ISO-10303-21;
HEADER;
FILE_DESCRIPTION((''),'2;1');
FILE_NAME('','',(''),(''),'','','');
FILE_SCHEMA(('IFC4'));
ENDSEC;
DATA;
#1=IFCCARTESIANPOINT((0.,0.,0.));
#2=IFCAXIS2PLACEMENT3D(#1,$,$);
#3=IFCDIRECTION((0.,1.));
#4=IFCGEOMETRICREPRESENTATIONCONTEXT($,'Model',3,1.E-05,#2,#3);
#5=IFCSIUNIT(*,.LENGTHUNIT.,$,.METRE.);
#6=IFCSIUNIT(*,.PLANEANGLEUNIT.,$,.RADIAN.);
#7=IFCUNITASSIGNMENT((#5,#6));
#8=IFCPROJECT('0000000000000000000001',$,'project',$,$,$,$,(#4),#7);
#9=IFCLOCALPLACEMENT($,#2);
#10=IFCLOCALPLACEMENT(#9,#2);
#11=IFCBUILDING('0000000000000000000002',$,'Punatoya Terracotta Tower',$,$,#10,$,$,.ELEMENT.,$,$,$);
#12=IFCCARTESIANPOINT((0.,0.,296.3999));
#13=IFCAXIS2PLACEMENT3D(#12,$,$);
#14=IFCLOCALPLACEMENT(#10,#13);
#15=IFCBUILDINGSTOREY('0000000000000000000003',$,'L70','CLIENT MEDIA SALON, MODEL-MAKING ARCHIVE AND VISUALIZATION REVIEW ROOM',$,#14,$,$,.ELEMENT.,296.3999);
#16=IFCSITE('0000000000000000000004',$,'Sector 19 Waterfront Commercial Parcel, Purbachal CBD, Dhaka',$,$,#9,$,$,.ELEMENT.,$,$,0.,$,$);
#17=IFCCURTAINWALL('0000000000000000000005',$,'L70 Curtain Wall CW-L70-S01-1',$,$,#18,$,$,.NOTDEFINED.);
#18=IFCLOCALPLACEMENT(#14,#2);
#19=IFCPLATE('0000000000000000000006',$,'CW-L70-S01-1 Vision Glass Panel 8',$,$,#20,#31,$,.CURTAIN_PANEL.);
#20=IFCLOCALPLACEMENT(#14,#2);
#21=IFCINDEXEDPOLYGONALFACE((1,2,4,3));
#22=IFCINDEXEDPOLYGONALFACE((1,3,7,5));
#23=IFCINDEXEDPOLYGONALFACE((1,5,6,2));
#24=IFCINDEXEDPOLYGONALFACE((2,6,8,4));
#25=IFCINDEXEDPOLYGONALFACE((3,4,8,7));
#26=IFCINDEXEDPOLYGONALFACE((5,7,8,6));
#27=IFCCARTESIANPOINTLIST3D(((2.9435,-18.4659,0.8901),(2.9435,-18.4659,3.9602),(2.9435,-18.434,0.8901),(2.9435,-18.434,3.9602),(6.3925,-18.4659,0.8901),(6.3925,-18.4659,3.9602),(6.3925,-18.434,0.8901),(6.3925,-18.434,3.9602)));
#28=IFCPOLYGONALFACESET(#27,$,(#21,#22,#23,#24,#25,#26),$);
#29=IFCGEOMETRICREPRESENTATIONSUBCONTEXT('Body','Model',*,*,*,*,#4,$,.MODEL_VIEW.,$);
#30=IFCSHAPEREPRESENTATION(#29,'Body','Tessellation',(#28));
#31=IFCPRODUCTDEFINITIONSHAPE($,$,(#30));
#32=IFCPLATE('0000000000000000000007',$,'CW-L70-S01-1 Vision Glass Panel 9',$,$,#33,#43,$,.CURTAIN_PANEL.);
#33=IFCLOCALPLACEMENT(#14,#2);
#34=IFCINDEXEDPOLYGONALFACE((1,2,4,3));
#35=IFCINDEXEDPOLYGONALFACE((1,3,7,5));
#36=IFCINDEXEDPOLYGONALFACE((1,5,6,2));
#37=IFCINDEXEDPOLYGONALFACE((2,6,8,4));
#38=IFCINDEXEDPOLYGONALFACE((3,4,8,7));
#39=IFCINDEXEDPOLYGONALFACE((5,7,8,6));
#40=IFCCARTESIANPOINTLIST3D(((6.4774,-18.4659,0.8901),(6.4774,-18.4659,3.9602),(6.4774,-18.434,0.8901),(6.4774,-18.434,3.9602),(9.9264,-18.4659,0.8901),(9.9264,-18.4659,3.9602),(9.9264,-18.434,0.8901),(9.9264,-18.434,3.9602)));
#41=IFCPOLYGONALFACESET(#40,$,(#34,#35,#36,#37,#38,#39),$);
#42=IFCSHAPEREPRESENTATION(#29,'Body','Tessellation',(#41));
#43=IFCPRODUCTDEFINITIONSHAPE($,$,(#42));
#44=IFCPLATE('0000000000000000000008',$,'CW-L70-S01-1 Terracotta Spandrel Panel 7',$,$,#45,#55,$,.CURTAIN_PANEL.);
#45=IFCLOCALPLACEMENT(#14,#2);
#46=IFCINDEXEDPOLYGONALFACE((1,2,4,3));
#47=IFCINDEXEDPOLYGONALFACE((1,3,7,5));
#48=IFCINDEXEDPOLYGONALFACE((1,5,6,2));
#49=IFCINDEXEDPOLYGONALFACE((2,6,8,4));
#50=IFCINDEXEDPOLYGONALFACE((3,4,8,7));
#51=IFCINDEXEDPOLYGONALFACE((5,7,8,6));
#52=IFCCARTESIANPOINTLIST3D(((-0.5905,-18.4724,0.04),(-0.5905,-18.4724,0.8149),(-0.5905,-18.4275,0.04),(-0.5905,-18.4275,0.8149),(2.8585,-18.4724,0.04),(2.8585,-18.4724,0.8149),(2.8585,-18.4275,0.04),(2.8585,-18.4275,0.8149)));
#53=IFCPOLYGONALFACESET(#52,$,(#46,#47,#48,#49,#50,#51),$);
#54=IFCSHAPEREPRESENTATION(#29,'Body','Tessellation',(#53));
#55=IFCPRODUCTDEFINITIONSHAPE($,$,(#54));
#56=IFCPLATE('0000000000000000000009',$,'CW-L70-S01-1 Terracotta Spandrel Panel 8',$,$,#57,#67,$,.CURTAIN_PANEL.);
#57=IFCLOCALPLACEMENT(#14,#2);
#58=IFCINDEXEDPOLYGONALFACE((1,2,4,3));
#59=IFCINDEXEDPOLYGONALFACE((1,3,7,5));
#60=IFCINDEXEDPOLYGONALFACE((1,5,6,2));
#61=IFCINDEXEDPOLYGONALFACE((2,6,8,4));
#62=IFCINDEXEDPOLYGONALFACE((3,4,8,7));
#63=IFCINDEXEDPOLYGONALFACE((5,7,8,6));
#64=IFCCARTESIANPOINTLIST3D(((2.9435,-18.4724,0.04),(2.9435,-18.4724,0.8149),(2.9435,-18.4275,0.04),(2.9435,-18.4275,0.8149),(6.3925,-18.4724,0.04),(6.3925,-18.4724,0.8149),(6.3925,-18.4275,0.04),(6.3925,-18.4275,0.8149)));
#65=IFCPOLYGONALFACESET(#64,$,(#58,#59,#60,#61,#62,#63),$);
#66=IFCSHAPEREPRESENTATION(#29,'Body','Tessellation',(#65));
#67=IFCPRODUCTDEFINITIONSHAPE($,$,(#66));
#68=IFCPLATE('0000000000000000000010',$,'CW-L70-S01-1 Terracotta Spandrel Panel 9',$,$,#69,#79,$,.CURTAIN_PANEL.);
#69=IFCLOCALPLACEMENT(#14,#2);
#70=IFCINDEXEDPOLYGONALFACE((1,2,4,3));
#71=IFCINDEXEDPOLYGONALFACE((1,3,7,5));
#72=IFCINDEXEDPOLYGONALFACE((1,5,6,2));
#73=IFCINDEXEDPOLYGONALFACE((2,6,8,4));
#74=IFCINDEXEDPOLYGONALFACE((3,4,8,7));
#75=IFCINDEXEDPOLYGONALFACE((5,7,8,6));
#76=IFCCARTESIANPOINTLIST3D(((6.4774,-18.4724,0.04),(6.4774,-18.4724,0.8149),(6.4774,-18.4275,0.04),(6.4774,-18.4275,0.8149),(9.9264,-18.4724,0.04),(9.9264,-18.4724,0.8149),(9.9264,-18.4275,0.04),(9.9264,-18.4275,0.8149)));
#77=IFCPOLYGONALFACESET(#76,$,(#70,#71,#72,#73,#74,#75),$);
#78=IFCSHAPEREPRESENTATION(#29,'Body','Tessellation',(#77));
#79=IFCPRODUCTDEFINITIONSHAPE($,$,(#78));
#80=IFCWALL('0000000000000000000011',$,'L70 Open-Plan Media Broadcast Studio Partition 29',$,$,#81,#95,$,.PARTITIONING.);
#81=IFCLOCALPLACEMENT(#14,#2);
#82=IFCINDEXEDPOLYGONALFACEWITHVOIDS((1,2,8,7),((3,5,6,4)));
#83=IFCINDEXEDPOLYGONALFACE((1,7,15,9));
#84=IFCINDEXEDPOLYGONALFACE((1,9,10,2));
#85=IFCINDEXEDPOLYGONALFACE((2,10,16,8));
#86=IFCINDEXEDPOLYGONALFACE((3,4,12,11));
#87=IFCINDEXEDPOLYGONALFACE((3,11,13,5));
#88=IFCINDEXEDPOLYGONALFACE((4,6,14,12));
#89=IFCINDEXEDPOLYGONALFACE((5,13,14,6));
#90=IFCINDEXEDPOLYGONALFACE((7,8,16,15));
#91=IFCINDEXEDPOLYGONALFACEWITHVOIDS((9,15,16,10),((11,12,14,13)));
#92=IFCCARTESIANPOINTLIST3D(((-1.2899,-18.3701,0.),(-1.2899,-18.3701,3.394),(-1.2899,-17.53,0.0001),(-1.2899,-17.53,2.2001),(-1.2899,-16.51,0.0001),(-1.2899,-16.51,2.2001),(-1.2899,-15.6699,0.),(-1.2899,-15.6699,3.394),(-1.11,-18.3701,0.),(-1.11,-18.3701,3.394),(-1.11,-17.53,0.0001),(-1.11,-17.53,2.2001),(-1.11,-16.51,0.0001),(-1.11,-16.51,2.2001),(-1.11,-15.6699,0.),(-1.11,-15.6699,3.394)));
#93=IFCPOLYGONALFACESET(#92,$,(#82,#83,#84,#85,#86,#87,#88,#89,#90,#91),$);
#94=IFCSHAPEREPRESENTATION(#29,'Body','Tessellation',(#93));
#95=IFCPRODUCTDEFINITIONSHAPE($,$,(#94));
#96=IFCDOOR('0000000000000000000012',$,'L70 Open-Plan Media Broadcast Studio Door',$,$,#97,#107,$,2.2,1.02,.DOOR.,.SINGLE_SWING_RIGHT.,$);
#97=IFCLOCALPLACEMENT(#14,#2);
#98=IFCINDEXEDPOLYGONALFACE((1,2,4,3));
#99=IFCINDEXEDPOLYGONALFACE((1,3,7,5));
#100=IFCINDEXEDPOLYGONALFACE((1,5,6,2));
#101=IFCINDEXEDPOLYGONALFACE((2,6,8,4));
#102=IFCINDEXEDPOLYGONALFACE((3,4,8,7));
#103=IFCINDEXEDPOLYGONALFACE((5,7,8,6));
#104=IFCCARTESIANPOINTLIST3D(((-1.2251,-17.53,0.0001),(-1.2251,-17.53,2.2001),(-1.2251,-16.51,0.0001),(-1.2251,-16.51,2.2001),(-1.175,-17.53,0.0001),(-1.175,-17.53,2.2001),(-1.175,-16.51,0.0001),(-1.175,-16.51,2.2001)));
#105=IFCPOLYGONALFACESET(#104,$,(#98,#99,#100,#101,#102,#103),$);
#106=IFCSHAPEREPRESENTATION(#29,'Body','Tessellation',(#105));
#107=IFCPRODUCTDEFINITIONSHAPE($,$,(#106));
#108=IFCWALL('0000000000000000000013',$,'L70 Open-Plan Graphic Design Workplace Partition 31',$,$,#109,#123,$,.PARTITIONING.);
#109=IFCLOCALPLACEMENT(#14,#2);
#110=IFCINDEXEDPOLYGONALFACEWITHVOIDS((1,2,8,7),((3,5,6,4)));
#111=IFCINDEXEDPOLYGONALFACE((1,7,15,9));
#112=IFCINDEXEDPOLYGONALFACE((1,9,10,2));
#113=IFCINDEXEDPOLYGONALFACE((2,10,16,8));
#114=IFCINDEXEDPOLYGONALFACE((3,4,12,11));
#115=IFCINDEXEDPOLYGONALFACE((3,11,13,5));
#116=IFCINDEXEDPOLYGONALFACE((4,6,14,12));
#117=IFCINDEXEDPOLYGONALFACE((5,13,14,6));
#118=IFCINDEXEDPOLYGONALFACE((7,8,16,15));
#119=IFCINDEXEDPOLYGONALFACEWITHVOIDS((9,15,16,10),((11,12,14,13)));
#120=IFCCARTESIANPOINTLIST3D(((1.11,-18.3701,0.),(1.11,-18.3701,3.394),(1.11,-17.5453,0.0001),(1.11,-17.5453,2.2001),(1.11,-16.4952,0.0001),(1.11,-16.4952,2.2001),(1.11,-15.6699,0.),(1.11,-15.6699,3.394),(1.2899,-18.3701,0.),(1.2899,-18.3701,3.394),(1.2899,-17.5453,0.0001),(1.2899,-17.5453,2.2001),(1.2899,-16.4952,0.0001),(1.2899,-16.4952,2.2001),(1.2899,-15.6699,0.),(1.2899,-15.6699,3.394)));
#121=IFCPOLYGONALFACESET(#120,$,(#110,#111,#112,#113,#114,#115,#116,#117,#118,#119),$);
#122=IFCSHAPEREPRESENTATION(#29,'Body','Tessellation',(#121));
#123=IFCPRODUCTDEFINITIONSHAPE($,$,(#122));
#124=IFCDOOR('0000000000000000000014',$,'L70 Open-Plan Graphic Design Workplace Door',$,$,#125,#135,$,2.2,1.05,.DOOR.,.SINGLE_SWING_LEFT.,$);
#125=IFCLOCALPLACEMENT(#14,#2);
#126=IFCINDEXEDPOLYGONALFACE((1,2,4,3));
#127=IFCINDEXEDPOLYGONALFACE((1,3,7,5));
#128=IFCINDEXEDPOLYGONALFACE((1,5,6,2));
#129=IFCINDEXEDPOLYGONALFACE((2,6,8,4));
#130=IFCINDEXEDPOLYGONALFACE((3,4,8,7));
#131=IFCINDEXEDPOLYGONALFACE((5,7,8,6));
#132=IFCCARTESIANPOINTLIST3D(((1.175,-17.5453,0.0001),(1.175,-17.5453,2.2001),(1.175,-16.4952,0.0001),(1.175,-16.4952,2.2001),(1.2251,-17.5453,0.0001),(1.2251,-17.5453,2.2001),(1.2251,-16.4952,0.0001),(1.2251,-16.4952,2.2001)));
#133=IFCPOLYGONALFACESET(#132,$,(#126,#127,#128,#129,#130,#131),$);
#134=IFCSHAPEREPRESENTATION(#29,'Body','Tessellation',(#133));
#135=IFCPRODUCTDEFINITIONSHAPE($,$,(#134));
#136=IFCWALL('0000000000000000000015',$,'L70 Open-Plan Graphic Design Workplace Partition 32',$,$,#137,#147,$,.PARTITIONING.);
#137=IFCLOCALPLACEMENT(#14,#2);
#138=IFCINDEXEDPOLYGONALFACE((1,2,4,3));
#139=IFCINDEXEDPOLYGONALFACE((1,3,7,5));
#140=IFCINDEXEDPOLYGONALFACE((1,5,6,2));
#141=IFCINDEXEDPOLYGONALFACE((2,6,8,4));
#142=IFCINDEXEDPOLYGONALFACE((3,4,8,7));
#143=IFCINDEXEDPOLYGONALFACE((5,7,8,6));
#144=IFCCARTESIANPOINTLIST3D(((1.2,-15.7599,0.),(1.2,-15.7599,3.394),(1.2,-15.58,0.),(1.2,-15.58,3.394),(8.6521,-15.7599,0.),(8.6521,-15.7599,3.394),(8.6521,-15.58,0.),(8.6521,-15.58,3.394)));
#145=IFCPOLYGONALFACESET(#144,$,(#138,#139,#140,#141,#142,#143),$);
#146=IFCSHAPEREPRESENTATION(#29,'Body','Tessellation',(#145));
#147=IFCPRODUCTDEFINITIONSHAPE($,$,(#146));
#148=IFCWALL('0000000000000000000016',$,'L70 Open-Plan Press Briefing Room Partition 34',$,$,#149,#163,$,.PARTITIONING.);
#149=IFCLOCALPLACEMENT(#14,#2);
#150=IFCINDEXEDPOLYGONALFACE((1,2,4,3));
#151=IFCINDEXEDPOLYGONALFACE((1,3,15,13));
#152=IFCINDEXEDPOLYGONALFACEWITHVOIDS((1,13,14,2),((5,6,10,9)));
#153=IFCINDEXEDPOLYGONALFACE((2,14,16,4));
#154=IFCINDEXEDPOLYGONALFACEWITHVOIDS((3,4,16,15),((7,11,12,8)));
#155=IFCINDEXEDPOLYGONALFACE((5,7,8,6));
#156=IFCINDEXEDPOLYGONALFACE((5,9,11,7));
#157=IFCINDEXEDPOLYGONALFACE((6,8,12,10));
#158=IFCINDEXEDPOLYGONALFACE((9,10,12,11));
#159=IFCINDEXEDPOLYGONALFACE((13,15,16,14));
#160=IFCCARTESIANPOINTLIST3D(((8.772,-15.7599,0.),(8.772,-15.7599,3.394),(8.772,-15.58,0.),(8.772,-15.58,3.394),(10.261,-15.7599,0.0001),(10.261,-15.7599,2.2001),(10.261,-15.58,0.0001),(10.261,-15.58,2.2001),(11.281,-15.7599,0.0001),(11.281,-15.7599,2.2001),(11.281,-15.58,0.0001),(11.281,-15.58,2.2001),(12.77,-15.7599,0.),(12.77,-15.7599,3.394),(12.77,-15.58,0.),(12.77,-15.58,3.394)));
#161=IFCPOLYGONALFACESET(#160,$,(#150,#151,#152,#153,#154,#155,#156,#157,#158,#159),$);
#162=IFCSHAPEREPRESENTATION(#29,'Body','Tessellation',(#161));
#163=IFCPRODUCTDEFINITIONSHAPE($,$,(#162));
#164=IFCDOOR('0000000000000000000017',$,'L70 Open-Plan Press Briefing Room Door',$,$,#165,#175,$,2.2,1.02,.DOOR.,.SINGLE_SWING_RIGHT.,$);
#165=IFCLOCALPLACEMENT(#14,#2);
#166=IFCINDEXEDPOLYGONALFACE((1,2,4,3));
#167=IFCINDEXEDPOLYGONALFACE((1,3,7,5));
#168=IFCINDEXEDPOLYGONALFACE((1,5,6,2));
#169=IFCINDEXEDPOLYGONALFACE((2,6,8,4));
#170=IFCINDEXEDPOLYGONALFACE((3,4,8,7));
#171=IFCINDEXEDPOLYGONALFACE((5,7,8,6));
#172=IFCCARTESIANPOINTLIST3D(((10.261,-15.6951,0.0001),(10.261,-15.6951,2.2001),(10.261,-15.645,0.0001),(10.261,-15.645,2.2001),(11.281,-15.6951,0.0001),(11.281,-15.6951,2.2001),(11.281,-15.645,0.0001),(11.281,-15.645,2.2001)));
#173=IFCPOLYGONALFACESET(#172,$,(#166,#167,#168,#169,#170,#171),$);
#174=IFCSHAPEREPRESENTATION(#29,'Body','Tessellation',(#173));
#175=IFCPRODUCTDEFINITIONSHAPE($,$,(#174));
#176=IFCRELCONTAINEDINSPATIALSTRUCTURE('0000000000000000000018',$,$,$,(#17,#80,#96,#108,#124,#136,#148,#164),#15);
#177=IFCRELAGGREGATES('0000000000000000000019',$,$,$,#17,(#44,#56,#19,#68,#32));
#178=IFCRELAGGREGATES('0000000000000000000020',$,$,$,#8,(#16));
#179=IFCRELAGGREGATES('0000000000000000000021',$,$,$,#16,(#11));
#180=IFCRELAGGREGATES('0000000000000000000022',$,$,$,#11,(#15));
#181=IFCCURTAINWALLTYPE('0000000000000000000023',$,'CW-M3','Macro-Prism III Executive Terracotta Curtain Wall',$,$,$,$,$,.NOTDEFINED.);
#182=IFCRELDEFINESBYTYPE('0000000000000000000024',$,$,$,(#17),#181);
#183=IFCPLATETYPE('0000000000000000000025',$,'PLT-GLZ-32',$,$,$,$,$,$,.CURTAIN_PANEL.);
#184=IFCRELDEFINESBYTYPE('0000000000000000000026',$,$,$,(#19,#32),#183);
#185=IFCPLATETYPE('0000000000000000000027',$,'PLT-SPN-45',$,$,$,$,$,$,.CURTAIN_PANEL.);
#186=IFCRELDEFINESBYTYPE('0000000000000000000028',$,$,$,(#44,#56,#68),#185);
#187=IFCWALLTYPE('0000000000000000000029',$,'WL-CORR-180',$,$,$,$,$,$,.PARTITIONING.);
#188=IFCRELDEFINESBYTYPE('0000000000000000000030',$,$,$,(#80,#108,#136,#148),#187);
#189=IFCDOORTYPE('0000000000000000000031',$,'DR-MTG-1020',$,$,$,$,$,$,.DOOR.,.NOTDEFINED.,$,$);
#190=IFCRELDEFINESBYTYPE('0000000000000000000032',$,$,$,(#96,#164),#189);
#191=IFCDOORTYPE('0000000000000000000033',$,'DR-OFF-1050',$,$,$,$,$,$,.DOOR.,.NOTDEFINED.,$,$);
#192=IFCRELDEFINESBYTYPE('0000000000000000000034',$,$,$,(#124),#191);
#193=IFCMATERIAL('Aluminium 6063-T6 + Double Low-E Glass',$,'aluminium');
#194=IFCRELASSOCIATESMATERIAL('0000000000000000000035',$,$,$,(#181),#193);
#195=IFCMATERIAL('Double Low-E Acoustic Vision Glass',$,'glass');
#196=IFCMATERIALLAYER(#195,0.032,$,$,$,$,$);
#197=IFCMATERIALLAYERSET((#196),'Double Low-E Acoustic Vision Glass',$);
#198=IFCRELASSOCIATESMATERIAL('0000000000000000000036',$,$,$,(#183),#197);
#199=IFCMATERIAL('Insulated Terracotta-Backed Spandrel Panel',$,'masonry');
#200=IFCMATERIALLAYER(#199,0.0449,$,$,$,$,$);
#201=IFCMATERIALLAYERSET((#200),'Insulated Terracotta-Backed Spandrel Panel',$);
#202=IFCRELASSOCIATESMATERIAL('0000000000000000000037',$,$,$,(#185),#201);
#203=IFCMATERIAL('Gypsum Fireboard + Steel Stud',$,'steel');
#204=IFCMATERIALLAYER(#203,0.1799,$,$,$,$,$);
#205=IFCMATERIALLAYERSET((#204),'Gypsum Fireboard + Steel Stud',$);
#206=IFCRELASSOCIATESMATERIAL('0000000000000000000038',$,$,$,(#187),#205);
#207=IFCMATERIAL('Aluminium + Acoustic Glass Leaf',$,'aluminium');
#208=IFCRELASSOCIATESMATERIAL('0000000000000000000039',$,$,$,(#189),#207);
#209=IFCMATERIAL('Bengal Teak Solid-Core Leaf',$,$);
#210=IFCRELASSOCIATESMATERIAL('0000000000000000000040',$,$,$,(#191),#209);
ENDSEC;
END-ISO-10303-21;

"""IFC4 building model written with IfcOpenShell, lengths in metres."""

from ifc_helpers import new_model, si_unit, direction, frame, frame_2d, origin, origin_2d, place, context, subcontext, project, spatial, rectangle, extrude, material, layer, layer_set, type_object, element, fill, aggregate, save


model = new_model("IFC4")

# Units and contexts
model_context = context("Model", 3, precision=1e-05, world=origin(), true_north=direction((0.0, 1.0)))
body_context = subcontext(model_context, "Body", "Model", "MODEL_VIEW")
ifc_project = project(units=[si_unit("LENGTHUNIT", "METRE"), si_unit("PLANEANGLEUNIT", "RADIAN")], contexts=[model_context])

# Site, building, storey
site_placement = place(None, origin())
site = spatial("IfcSite", under=ifc_project, at=site_placement, Name="Sector 19 Waterfront Commercial Parcel, Purbachal CBD, Dhaka", CompositionType="ELEMENT", RefElevation=0.0)
building_placement = place(site_placement, origin())
building = spatial("IfcBuilding", under=site, at=building_placement, Name="Punatoya Terracotta Tower", CompositionType="ELEMENT")
storey_placement = place(building_placement, frame((0.0, 0.0, 296.3999)))
storey = spatial("IfcBuildingStorey", under=building, at=storey_placement, Name="L70", Description="CLIENT MEDIA SALON, MODEL-MAKING ARCHIVE AND VISUALIZATION REVIEW ROOM", CompositionType="ELEMENT", Elevation=296.3999)

# Curtain wall, plates
ifc_material_1 = material(Name="Aluminium 6063-T6 + Double Low-E Glass", Category="aluminium")
curtain_wall_type = type_object("IfcCurtainWallType", Name="CW-M3", Description="Macro-Prism III Executive Terracotta Curtain Wall", PredefinedType="NOTDEFINED", material=ifc_material_1)
curtain_wall_placement = place(storey_placement, origin())
curtain_wall = element("IfcCurtainWall", 1, at=curtain_wall_placement, inside=storey, type_object=curtain_wall_type, Name="L70 Curtain Wall CW-L70-S01-1", PredefinedType="NOTDEFINED")
ifc_material_2 = material(Name="Double Low-E Acoustic Vision Glass", Category="glass")
ifc_layer_1 = layer(ifc_material_2, 0.032)
ifc_layer_set_1 = layer_set([ifc_layer_1], Name="Double Low-E Acoustic Vision Glass")
plate_type_1 = type_object("IfcPlateType", Name="PLT-GLZ-32", PredefinedType="CURTAIN_PANEL", material=ifc_layer_set_1)
plate_1_placement = place(storey_placement, frame((4.668, -18.45, 0.8901), z_axis=(0.0, 0.0, 1.0), x_axis=(1.0, 0.0, 0.0)))
plate_1 = element("IfcPlate", 2, at=plate_1_placement, type_object=plate_type_1, Name="CW-L70-S01-1 Vision Glass Panel 8", PredefinedType="CURTAIN_PANEL", context=body_context, shape_type="SweptSolid", body=[
    extrude(rectangle(XDim=3.449, YDim=0.032, at=origin_2d()), origin(), (0.0, 0.0, 1.0), 3.0701),
])
plate_2_placement = place(storey_placement, frame((8.2019, -18.45, 0.8901), z_axis=(0.0, 0.0, 1.0), x_axis=(1.0, 0.0, 0.0)))
plate_2 = element("IfcPlate", 3, at=plate_2_placement, type_object=plate_type_1, Name="CW-L70-S01-1 Vision Glass Panel 9", PredefinedType="CURTAIN_PANEL", context=body_context, shape_type="SweptSolid", body=[
    extrude(rectangle(XDim=3.449, YDim=0.032, at=origin_2d()), origin(), (0.0, 0.0, 1.0), 3.0701),
])
ifc_material_3 = material(Name="Insulated Terracotta-Backed Spandrel Panel", Category="masonry")
ifc_layer_2 = layer(ifc_material_3, 0.0449)
ifc_layer_set_2 = layer_set([ifc_layer_2], Name="Insulated Terracotta-Backed Spandrel Panel")
plate_type_2 = type_object("IfcPlateType", Name="PLT-SPN-45", PredefinedType="CURTAIN_PANEL", material=ifc_layer_set_2)
plate_3_placement = place(storey_placement, frame((1.134, -18.45, 0.04), z_axis=(0.0, 0.0, 1.0), x_axis=(1.0, 0.0, 0.0)))
plate_3 = element("IfcPlate", 4, at=plate_3_placement, type_object=plate_type_2, Name="CW-L70-S01-1 Terracotta Spandrel Panel 7", PredefinedType="CURTAIN_PANEL", context=body_context, shape_type="SweptSolid", body=[
    extrude(rectangle(XDim=3.449, YDim=0.0449, at=origin_2d()), origin(), (0.0, 0.0, 1.0), 0.7749),
])
plate_4_placement = place(storey_placement, frame((4.668, -18.45, 0.04), z_axis=(0.0, 0.0, 1.0), x_axis=(1.0, 0.0, 0.0)))
plate_4 = element("IfcPlate", 5, at=plate_4_placement, type_object=plate_type_2, Name="CW-L70-S01-1 Terracotta Spandrel Panel 8", PredefinedType="CURTAIN_PANEL", context=body_context, shape_type="SweptSolid", body=[
    extrude(rectangle(XDim=3.449, YDim=0.0449, at=origin_2d()), origin(), (0.0, 0.0, 1.0), 0.7749),
])
plate_5_placement = place(storey_placement, frame((8.2019, -18.45, 0.04), z_axis=(0.0, 0.0, 1.0), x_axis=(1.0, 0.0, 0.0)))
plate_5 = element("IfcPlate", 6, at=plate_5_placement, type_object=plate_type_2, Name="CW-L70-S01-1 Terracotta Spandrel Panel 9", PredefinedType="CURTAIN_PANEL", context=body_context, shape_type="SweptSolid", body=[
    extrude(rectangle(XDim=3.449, YDim=0.0449, at=origin_2d()), origin(), (0.0, 0.0, 1.0), 0.7749),
])
aggregate(curtain_wall, [plate_3, plate_4, plate_1, plate_5, plate_2])

# Walls, openings, doors
ifc_material_4 = material(Name="Gypsum Fireboard + Steel Stud", Category="steel")
ifc_layer_3 = layer(ifc_material_4, 0.1799)
ifc_layer_set_3 = layer_set([ifc_layer_3], Name="Gypsum Fireboard + Steel Stud")
wall_type_1 = type_object("IfcWallType", Name="WL-CORR-180", PredefinedType="PARTITIONING", material=ifc_layer_set_3)
wall_1_placement = place(storey_placement, frame((-1.2, -15.6699, 0.0), z_axis=(0.0, 0.0, 1.0), x_axis=(0.0, -1.0, 0.0)))
wall_1 = element("IfcWall", 7, at=wall_1_placement, inside=storey, type_object=wall_type_1, Name="L70 Open-Plan Media Broadcast Studio Partition 29", PredefinedType="PARTITIONING", context=body_context, shape_type="SweptSolid", body=[
    extrude(rectangle(XDim=2.7002, YDim=0.1799, at=frame_2d((1.3501, 0.0))), origin(), (0.0, 0.0, 1.0), 3.394),
])
opening_1_placement = place(wall_1_placement, frame((0.8401, 0.0, 0.0)))
opening_1 = element("IfcOpeningElement", 8, at=opening_1_placement, cuts=wall_1, PredefinedType="OPENING", context=body_context, shape_type="SweptSolid", body=[
    extrude(rectangle(XDim=1.02, YDim=2.2, at=frame_2d((0.51, 1.1001))), frame((0.0, 0.0999, 0.0), z_axis=(0.0, -1.0, 0.0), x_axis=(1.0, 0.0, 0.0)), (0.0, 0.0, 1.0), 0.2),
])
ifc_material_5 = material(Name="Aluminium + Acoustic Glass Leaf", Category="aluminium")
door_type_1 = type_object("IfcDoorType", Name="DR-MTG-1020", OperationType="NOTDEFINED", PredefinedType="DOOR", material=ifc_material_5)
door_1_placement = place(opening_1_placement, origin())
door_1 = element("IfcDoor", 9, at=door_1_placement, inside=storey, type_object=door_type_1, Name="L70 Open-Plan Media Broadcast Studio Door", OperationType="SINGLE_SWING_RIGHT", OverallHeight=2.2, OverallWidth=1.02, PredefinedType="DOOR", context=body_context, shape_type="SweptSolid", body=[
    extrude(rectangle(XDim=1.02, YDim=2.2, at=frame_2d((0.51, 1.1001))), frame((0.0, 0.0249, 0.0), z_axis=(0.0, -1.0, 0.0), x_axis=(1.0, 0.0, 0.0)), (0.0, 0.0, 1.0), 0.05),
])
fill(opening_1, door_1)
wall_2_placement = place(storey_placement, frame((1.2, -18.3701, 0.0), z_axis=(0.0, 0.0, 1.0), x_axis=(0.0, 1.0, 0.0)))
wall_2 = element("IfcWall", 10, at=wall_2_placement, inside=storey, type_object=wall_type_1, Name="L70 Open-Plan Graphic Design Workplace Partition 31", PredefinedType="PARTITIONING", context=body_context, shape_type="SweptSolid", body=[
    extrude(rectangle(XDim=2.7002, YDim=0.1799, at=frame_2d((1.3501, 0.0))), origin(), (0.0, 0.0, 1.0), 3.394),
])
opening_2_placement = place(wall_2_placement, frame((0.825, 0.0, 0.0)))
opening_2 = element("IfcOpeningElement", 11, at=opening_2_placement, cuts=wall_2, PredefinedType="OPENING", context=body_context, shape_type="SweptSolid", body=[
    extrude(rectangle(XDim=1.05, YDim=2.2, at=frame_2d((0.5249, 1.1001))), frame((0.0, 0.0999, 0.0), z_axis=(0.0, -1.0, 0.0), x_axis=(1.0, 0.0, 0.0)), (0.0, 0.0, 1.0), 0.2),
])
ifc_material_6 = material(Name="Bengal Teak Solid-Core Leaf")
door_type_2 = type_object("IfcDoorType", Name="DR-OFF-1050", OperationType="NOTDEFINED", PredefinedType="DOOR", material=ifc_material_6)
door_2_placement = place(opening_2_placement, origin())
door_2 = element("IfcDoor", 12, at=door_2_placement, inside=storey, type_object=door_type_2, Name="L70 Open-Plan Graphic Design Workplace Door", OperationType="SINGLE_SWING_LEFT", OverallHeight=2.2, OverallWidth=1.05, PredefinedType="DOOR", context=body_context, shape_type="SweptSolid", body=[
    extrude(rectangle(XDim=1.05, YDim=2.2, at=frame_2d((0.5249, 1.1001))), frame((0.0, 0.0249, 0.0), z_axis=(0.0, -1.0, 0.0), x_axis=(1.0, 0.0, 0.0)), (0.0, 0.0, 1.0), 0.05),
])
fill(opening_2, door_2)

# Wall
wall_3_placement = place(storey_placement, frame((1.2, -15.6699, 0.0), z_axis=(0.0, 0.0, 1.0), x_axis=(1.0, 0.0, 0.0)))
element("IfcWall", 13, at=wall_3_placement, inside=storey, type_object=wall_type_1, Name="L70 Open-Plan Graphic Design Workplace Partition 32", PredefinedType="PARTITIONING", context=body_context, shape_type="SweptSolid", body=[
    extrude(rectangle(XDim=7.4521, YDim=0.1799, at=frame_2d((3.7261, 0.0))), origin(), (0.0, 0.0, 1.0), 3.394),
])

# Wall, opening, door
wall_4_placement = place(storey_placement, frame((8.772, -15.6699, 0.0), z_axis=(0.0, 0.0, 1.0), x_axis=(1.0, 0.0, 0.0)))
wall_4 = element("IfcWall", 14, at=wall_4_placement, inside=storey, type_object=wall_type_1, Name="L70 Open-Plan Press Briefing Room Partition 34", PredefinedType="PARTITIONING", context=body_context, shape_type="SweptSolid", body=[
    extrude(rectangle(XDim=3.998, YDim=0.1799, at=frame_2d((1.999, 0.0))), origin(), (0.0, 0.0, 1.0), 3.394),
])
opening_3_placement = place(wall_4_placement, frame((1.489, 0.0, 0.0)))
opening_3 = element("IfcOpeningElement", 15, at=opening_3_placement, cuts=wall_4, PredefinedType="OPENING", context=body_context, shape_type="SweptSolid", body=[
    extrude(rectangle(XDim=1.02, YDim=2.2, at=frame_2d((0.51, 1.1001))), frame((0.0, 0.0999, 0.0), z_axis=(0.0, -1.0, 0.0), x_axis=(1.0, 0.0, 0.0)), (0.0, 0.0, 1.0), 0.2),
])
door_3_placement = place(opening_3_placement, origin())
door_3 = element("IfcDoor", 16, at=door_3_placement, inside=storey, type_object=door_type_1, Name="L70 Open-Plan Press Briefing Room Door", OperationType="SINGLE_SWING_RIGHT", OverallHeight=2.2, OverallWidth=1.02, PredefinedType="DOOR", context=body_context, shape_type="SweptSolid", body=[
    extrude(rectangle(XDim=1.02, YDim=2.2, at=frame_2d((0.51, 1.1001))), frame((0.0, 0.0249, 0.0), z_axis=(0.0, -1.0, 0.0), x_axis=(1.0, 0.0, 0.0)), (0.0, 0.0, 1.0), 0.05),
])
fill(opening_3, door_3)

save(model, "model.ifc")
